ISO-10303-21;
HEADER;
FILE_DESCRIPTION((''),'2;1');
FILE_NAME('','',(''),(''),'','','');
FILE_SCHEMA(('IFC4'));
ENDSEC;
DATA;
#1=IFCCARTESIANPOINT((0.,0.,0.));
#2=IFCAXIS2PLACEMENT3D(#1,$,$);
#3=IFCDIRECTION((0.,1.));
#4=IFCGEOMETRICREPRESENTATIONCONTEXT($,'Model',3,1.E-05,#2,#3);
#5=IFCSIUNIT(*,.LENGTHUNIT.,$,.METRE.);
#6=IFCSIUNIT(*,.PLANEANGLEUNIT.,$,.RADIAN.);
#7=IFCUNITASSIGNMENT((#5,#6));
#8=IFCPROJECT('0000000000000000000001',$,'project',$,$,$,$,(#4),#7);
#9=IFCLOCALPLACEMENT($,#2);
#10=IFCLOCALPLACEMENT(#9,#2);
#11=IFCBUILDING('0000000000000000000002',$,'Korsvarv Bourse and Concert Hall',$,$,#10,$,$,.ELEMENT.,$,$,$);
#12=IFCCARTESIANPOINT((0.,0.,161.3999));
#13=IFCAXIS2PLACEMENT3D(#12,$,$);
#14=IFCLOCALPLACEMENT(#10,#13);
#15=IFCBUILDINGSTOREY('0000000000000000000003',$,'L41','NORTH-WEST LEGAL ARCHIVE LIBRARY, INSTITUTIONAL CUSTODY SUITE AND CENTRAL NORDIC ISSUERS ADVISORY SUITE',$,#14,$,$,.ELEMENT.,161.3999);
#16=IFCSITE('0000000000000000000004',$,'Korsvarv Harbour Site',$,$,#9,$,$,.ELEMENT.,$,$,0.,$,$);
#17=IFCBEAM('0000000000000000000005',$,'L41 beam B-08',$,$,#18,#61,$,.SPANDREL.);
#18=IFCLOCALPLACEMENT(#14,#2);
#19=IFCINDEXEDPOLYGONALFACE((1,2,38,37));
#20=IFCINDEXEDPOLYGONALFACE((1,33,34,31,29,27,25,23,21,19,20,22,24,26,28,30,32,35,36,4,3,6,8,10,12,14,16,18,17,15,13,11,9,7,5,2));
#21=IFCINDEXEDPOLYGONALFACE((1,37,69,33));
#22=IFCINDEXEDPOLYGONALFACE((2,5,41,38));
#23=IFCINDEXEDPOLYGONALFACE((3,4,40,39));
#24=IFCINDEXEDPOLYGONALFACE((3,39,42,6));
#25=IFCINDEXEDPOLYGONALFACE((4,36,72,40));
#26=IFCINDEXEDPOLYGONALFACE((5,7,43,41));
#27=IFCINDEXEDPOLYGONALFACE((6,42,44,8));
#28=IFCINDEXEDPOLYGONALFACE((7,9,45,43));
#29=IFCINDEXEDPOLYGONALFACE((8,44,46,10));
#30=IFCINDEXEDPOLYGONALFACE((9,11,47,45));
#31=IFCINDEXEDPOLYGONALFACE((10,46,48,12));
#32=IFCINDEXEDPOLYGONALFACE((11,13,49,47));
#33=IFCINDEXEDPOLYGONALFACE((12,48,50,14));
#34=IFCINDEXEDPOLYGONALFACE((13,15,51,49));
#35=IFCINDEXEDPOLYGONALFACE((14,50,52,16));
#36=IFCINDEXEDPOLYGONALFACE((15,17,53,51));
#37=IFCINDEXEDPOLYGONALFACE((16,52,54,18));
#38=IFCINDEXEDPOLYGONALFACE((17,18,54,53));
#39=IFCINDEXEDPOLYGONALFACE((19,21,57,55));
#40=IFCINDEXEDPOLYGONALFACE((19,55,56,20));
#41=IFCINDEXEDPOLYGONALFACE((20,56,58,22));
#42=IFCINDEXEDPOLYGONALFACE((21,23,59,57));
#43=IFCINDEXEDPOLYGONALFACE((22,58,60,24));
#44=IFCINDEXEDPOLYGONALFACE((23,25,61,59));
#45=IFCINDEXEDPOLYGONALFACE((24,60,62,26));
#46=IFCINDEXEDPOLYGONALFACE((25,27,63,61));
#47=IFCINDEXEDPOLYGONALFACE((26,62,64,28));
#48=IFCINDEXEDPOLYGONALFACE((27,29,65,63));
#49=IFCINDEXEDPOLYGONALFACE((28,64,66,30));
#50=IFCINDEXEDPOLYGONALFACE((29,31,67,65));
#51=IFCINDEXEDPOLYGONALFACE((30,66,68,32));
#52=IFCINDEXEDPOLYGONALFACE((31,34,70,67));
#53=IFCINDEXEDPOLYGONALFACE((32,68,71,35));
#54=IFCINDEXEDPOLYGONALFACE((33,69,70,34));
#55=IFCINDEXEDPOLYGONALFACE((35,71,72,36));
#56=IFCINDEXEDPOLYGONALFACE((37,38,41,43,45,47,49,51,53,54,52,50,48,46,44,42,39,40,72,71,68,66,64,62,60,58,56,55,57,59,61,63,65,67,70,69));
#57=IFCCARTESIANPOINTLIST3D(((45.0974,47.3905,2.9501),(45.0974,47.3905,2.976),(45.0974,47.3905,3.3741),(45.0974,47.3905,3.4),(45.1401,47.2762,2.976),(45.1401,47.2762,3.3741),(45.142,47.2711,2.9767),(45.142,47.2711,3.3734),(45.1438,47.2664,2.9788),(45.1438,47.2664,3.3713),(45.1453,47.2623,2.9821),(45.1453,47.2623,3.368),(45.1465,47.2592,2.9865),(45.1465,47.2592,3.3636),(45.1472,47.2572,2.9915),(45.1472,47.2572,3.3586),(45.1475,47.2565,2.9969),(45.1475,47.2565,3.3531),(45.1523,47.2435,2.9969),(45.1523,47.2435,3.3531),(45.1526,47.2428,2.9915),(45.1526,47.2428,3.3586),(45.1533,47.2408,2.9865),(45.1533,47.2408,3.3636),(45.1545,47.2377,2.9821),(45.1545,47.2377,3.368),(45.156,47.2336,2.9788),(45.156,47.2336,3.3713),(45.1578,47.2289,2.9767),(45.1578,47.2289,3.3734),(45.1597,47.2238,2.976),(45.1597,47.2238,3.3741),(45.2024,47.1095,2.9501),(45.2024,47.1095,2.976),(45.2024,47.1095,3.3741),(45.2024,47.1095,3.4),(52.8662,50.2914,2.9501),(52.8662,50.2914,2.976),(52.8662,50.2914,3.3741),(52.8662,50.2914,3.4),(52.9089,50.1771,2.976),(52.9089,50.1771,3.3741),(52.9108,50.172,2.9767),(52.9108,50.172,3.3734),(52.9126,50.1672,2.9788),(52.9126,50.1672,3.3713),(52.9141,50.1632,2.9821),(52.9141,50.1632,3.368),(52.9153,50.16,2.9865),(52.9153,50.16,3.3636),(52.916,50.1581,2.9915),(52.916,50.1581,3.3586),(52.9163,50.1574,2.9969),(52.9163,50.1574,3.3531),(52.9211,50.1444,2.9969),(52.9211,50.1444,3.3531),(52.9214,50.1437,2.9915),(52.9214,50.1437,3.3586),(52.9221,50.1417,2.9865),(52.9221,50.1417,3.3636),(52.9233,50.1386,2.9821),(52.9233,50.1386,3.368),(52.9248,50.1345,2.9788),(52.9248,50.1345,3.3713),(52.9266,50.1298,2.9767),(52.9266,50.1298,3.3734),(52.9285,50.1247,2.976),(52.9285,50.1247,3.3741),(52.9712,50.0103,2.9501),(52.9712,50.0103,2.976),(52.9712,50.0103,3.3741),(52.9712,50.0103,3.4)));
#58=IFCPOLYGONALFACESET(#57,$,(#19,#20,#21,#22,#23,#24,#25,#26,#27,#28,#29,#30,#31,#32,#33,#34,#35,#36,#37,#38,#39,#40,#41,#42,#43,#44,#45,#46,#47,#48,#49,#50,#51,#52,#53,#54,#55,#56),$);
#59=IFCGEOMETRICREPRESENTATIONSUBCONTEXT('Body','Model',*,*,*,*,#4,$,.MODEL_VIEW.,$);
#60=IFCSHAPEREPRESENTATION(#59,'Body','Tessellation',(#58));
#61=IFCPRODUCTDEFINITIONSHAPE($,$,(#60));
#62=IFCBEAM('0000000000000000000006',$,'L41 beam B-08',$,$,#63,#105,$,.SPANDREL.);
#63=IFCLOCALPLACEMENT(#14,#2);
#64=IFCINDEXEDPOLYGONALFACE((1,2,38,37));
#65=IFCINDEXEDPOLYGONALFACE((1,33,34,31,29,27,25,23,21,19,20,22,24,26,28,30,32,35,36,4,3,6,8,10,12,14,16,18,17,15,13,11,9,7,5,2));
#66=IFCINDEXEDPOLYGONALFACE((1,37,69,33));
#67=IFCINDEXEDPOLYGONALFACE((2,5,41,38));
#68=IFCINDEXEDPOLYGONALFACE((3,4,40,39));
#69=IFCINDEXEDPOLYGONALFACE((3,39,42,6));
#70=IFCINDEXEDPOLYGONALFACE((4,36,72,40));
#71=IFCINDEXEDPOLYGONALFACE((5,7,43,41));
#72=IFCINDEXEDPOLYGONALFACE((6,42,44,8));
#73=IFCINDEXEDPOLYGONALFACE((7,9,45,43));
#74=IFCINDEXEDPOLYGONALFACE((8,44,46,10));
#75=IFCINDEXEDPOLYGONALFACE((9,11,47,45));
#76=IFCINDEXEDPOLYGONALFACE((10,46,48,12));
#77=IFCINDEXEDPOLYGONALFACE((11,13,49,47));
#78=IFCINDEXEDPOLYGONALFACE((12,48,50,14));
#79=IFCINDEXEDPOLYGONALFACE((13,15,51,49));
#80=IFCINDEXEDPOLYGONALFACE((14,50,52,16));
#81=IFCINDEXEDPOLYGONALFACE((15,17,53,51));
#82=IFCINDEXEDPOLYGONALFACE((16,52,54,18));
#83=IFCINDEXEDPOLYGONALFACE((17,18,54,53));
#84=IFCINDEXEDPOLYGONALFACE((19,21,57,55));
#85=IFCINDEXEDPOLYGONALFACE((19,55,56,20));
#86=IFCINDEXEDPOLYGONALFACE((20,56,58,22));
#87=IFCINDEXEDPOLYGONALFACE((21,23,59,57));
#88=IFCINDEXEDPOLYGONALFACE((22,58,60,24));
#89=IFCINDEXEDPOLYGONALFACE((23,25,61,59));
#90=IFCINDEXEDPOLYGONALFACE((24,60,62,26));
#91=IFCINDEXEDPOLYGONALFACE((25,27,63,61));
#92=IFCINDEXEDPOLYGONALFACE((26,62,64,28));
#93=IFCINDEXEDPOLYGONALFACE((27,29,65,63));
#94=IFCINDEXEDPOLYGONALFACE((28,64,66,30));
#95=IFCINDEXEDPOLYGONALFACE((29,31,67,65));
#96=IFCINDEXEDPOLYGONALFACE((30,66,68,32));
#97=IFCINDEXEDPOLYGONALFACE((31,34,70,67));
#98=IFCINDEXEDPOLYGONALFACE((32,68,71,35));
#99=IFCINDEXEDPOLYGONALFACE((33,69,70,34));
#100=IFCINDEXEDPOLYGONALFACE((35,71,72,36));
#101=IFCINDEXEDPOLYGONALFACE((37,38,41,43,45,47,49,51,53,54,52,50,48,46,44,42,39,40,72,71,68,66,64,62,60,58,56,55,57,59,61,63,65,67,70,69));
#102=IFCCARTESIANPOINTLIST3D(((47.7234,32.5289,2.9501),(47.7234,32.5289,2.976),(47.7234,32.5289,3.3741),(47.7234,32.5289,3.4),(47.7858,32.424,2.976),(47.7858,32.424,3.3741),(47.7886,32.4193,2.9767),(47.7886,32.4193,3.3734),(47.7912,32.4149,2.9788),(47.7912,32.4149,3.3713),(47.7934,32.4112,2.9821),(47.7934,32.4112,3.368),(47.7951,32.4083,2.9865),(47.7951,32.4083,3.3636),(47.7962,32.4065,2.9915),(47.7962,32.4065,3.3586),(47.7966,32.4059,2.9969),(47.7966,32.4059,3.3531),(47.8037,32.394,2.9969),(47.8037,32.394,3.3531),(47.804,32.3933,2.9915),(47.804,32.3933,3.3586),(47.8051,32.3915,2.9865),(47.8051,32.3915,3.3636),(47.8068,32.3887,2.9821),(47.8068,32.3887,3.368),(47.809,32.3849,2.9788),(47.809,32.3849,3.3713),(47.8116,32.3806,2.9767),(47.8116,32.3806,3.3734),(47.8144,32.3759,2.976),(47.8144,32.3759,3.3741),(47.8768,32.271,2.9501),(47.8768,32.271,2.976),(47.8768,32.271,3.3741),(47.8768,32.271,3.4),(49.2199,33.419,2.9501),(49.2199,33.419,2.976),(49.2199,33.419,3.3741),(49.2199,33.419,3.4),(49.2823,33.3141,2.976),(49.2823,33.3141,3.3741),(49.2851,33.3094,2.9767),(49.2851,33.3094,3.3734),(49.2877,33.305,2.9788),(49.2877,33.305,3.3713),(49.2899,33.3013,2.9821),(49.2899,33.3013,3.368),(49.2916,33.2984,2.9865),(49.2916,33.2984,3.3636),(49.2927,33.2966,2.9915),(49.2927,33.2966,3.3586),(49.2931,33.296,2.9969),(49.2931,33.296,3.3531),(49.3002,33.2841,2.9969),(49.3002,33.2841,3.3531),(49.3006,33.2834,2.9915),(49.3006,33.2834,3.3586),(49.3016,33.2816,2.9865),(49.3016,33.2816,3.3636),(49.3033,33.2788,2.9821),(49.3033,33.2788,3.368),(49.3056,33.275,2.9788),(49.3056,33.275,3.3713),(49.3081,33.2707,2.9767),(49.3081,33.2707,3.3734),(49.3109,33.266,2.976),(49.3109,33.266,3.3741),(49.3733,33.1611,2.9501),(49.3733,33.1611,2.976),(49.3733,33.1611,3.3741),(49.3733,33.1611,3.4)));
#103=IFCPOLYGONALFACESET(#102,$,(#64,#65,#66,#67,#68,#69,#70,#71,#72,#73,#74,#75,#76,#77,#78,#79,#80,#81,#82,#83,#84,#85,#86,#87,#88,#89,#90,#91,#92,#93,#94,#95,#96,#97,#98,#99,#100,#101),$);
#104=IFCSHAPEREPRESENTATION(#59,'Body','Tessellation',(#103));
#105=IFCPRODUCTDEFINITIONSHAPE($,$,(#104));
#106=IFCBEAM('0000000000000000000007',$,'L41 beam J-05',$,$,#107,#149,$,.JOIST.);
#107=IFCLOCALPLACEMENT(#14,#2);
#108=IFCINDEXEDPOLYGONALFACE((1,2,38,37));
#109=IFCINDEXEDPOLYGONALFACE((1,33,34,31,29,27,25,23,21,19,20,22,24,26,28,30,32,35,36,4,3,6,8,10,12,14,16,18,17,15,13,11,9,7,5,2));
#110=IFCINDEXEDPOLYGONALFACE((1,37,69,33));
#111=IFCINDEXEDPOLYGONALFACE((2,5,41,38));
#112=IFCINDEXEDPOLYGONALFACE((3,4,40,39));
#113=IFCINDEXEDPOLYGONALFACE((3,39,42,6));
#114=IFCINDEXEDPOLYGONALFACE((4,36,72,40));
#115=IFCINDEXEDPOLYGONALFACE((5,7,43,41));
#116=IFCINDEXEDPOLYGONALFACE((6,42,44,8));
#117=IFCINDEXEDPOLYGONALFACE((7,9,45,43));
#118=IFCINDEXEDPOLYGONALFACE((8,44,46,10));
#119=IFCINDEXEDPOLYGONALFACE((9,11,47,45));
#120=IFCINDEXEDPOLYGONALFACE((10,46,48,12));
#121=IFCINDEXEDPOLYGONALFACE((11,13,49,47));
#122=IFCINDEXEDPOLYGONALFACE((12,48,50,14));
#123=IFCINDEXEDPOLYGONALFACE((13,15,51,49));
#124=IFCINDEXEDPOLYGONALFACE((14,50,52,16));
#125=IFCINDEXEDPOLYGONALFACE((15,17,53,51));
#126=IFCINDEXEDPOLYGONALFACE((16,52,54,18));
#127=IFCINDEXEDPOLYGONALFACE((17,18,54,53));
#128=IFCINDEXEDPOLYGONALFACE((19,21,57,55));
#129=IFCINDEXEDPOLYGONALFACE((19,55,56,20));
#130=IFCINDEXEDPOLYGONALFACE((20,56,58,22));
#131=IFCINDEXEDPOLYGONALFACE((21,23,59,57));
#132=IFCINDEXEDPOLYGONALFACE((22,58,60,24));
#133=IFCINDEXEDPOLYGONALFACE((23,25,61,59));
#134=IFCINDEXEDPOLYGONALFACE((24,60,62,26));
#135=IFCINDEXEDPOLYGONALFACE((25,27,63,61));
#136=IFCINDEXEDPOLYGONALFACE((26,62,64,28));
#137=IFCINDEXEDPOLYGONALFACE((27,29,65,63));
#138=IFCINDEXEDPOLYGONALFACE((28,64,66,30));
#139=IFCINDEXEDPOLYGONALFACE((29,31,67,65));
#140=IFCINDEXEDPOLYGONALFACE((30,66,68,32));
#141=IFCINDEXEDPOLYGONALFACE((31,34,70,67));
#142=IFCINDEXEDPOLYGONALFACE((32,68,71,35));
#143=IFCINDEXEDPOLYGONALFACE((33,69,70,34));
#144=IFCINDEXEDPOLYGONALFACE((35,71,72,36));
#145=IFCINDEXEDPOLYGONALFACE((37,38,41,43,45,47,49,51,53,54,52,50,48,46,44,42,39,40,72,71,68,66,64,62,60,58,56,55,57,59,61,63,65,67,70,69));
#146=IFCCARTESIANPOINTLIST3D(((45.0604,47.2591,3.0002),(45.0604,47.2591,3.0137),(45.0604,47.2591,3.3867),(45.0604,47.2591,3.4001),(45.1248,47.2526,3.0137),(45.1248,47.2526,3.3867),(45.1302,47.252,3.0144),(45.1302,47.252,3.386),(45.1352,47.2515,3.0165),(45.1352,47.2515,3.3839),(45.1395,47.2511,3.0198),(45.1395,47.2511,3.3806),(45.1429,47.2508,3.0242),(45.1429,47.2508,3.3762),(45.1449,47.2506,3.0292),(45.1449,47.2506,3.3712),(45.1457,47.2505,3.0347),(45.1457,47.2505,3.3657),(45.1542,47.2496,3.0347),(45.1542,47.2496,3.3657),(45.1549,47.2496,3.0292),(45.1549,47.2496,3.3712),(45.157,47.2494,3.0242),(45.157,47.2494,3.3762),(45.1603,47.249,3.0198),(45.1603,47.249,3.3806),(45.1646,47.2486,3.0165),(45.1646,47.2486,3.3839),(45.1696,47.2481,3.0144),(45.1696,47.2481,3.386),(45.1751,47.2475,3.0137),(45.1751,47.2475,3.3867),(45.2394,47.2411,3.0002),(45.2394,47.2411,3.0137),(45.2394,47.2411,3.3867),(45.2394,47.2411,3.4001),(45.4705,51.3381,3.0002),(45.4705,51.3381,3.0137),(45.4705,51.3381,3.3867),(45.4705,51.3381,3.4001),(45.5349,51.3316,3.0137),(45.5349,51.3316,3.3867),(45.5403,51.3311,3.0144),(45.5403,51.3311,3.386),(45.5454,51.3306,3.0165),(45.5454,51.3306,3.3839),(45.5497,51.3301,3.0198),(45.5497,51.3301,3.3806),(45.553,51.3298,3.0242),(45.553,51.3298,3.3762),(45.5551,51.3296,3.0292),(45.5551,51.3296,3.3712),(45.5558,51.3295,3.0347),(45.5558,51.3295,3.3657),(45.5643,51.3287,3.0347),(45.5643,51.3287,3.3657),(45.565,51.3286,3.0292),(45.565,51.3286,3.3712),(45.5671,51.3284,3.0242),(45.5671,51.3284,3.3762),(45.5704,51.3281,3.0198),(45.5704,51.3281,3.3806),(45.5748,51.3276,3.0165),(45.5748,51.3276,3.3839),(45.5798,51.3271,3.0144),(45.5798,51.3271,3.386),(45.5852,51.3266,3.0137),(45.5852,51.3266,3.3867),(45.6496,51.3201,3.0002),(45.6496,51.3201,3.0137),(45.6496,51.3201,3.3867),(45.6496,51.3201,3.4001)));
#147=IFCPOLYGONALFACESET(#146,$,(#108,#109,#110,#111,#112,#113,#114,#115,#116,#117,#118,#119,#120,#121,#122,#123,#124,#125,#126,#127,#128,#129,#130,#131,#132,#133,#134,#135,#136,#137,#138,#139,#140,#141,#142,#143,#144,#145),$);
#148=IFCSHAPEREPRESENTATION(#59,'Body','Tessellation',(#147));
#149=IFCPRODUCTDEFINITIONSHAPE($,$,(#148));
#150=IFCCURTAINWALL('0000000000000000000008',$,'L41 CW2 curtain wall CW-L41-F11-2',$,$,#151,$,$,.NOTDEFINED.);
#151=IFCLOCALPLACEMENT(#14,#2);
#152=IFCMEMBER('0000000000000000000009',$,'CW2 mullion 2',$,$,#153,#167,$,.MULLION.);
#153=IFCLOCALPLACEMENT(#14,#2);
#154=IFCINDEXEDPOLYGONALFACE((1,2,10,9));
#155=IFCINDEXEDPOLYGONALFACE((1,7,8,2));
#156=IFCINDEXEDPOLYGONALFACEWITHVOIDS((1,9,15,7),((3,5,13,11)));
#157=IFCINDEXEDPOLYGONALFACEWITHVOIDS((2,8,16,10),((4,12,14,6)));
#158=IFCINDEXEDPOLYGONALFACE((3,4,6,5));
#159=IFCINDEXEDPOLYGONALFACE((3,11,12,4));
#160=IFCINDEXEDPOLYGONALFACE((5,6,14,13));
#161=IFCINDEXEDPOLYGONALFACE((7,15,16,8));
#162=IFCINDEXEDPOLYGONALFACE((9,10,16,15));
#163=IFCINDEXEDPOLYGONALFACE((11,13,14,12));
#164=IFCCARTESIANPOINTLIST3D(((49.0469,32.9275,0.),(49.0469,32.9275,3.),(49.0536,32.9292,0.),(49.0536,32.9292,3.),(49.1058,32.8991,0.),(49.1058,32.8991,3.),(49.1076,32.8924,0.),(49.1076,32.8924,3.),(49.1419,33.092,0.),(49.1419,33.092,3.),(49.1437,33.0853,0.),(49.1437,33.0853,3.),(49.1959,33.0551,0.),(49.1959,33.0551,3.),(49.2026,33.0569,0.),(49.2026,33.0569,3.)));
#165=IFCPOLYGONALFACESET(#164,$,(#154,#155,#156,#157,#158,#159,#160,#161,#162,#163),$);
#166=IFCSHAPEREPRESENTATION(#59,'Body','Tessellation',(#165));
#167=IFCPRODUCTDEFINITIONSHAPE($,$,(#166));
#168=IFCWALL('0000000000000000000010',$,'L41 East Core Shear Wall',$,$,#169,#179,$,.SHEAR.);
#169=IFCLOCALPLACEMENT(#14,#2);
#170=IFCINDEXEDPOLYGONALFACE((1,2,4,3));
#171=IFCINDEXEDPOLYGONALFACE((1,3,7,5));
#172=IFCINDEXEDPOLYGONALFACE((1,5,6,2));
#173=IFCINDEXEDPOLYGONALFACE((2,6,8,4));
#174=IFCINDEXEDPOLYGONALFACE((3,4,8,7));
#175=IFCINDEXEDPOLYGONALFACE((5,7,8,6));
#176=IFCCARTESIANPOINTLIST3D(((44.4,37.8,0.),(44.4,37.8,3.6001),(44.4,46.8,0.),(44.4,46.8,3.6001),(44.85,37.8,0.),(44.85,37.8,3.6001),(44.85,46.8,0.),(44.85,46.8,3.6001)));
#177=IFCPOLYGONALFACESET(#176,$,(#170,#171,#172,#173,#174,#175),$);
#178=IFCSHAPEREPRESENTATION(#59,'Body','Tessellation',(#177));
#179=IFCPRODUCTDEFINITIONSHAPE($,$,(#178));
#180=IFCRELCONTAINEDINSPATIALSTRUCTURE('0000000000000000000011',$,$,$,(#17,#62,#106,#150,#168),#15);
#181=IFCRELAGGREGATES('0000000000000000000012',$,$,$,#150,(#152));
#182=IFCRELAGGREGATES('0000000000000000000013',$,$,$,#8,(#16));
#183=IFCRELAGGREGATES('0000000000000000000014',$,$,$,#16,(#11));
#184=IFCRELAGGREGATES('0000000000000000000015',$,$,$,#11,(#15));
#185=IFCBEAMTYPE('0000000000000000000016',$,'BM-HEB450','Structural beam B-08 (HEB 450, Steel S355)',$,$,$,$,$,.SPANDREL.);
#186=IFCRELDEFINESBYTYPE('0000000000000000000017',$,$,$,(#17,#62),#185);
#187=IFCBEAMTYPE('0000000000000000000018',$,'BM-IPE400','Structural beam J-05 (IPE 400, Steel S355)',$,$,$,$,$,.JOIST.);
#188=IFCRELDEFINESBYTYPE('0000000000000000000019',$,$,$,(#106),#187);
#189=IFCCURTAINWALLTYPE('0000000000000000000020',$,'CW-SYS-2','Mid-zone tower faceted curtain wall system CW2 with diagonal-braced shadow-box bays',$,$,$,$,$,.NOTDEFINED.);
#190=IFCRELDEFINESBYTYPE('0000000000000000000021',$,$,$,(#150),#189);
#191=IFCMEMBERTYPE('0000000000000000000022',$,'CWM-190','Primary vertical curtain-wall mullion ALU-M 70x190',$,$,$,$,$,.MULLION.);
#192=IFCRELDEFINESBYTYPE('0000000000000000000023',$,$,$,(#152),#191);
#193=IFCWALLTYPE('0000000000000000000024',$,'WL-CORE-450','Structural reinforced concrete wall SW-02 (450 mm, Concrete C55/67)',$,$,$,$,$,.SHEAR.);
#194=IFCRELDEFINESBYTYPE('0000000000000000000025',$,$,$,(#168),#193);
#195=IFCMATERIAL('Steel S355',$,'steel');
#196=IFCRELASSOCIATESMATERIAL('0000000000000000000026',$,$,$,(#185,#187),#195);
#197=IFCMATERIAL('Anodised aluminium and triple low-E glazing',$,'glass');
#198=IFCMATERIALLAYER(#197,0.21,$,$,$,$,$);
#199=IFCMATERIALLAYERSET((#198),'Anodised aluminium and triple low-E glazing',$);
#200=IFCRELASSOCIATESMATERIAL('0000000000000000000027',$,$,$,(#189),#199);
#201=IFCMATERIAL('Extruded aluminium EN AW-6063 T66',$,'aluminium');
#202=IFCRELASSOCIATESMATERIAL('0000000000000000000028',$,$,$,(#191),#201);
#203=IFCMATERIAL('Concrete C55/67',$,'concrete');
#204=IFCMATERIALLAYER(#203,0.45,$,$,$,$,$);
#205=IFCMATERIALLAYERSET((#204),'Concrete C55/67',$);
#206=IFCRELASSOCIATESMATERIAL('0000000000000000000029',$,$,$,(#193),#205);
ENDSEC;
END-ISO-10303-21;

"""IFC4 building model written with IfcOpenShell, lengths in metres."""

from ifc_helpers import new_model, si_unit, direction, frame, frame_2d, origin, origin_2d, place, context, subcontext, project, spatial, rectangle, hollow_rectangle, i_section, extrude, source, transform, mapped, material, layer, layer_set, material_profile, profile_set, type_object, element, aggregate, save


model = new_model("IFC4")

# Units and contexts
model_context = context("Model", 3, precision=1e-05, world=origin(), true_north=direction((0.0, 1.0)))
body_context = subcontext(model_context, "Body", "Model", "MODEL_VIEW")
ifc_project = project(units=[si_unit("LENGTHUNIT", "METRE"), si_unit("PLANEANGLEUNIT", "RADIAN")], contexts=[model_context])

# Site, building, storey
site_placement = place(None, origin())
site = spatial("IfcSite", under=ifc_project, at=site_placement, Name="Korsvarv Harbour Site", CompositionType="ELEMENT", RefElevation=0.0)
building_placement = place(site_placement, origin())
building = spatial("IfcBuilding", under=site, at=building_placement, Name="Korsvarv Bourse and Concert Hall", CompositionType="ELEMENT")
storey_placement = place(building_placement, frame((0.0, 0.0, 161.3999)))
storey = spatial("IfcBuildingStorey", under=building, at=storey_placement, Name="L41", Description="NORTH-WEST LEGAL ARCHIVE LIBRARY, INSTITUTIONAL CUSTODY SUITE AND CENTRAL NORDIC ISSUERS ADVISORY SUITE", CompositionType="ELEMENT", Elevation=161.3999)

# Shared definitions
ifc_material_1 = material(Name="Steel S355", Category="steel")

# Beams
ifc_material_profile_1 = material_profile(ifc_material_1, i_section(OverallWidth=0.3, OverallDepth=0.45, WebThickness=0.0139, FlangeThickness=0.0259, FilletRadius=0.021, at=origin_2d()), Name="HEB 450")
ifc_profile_set_1 = profile_set([ifc_material_profile_1], Name="Steel S355")
beam_type_1 = type_object("IfcBeamType", Name="BM-HEB450", Description="Structural beam B-08 (HEB 450, Steel S355)", PredefinedType="SPANDREL", material=ifc_profile_set_1)
shared_shape_1 = source(origin(), body_context, "Body", "SweptSolid", [
    extrude(i_section(OverallWidth=0.3, OverallDepth=0.45, WebThickness=0.0139, FlangeThickness=0.0259, FilletRadius=0.021, at=origin_2d()), origin(), (0.0, 0.0, 1.0), 8.2927),
])
beam_1_placement = place(storey_placement, frame((52.9187, 50.1509, 3.175), z_axis=(-0.936821, -0.34981, 0.0), x_axis=(0.34981, -0.936821, 0.0)))
element("IfcBeam", 1, at=beam_1_placement, inside=storey, type_object=beam_type_1, Name="L41 beam B-08", PredefinedType="SPANDREL", context=body_context, shape_type="MappedRepresentation", body=[
    mapped(shared_shape_1, transform((0.0, 0.0, 0.0), scale=1.0)),
])
shared_shape_2 = source(origin(), body_context, "Body", "SweptSolid", [
    extrude(i_section(OverallWidth=0.3, OverallDepth=0.45, WebThickness=0.0139, FlangeThickness=0.0259, FilletRadius=0.021, at=origin_2d()), origin(), (0.0, 0.0, 1.0), 1.7412),
])
beam_2_placement = place(storey_placement, frame((49.2966, 33.29, 3.175), z_axis=(-0.859466, -0.511193, 0.0), x_axis=(0.511193, -0.859466, 0.0)))
element("IfcBeam", 2, at=beam_2_placement, inside=storey, type_object=beam_type_1, Name="L41 beam B-08", PredefinedType="SPANDREL", context=body_context, shape_type="MappedRepresentation", body=[
    mapped(shared_shape_2, transform((0.0, 0.0, 0.0), scale=1.0)),
])
ifc_material_profile_2 = material_profile(ifc_material_1, i_section(OverallWidth=0.1799, OverallDepth=0.3999, WebThickness=0.0085, FlangeThickness=0.0134, FilletRadius=0.021, at=origin_2d()), Name="IPE 400")
ifc_profile_set_2 = profile_set([ifc_material_profile_2], Name="Steel S355")
beam_type_2 = type_object("IfcBeamType", Name="BM-IPE400", Description="Structural beam J-05 (IPE 400, Steel S355)", PredefinedType="JOIST", material=ifc_profile_set_2)
shared_shape_3 = source(origin(), body_context, "Body", "SweptSolid", [
    extrude(i_section(OverallWidth=0.1799, OverallDepth=0.3999, WebThickness=0.0085, FlangeThickness=0.0134, FilletRadius=0.021, at=origin_2d()), origin(), (0.0, 0.0, 1.0), 4.0996),
])
beam_3_placement = place(storey_placement, frame((45.5601, 51.3291, 3.2002), z_axis=(-0.100046, -0.994983, 0.0), x_axis=(0.994983, -0.100046, 0.0)))
element("IfcBeam", 3, at=beam_3_placement, inside=storey, type_object=beam_type_2, Name="L41 beam J-05", PredefinedType="JOIST", context=body_context, shape_type="MappedRepresentation", body=[
    mapped(shared_shape_3, transform((0.0, 0.0, 0.0), scale=1.0)),
])

# Curtain wall, member
ifc_material_2 = material(Name="Anodised aluminium and triple low-E glazing", Category="glass")
ifc_layer_1 = layer(ifc_material_2, 0.21)
ifc_layer_set_1 = layer_set([ifc_layer_1], Name="Anodised aluminium and triple low-E glazing")
curtain_wall_type = type_object("IfcCurtainWallType", Name="CW-SYS-2", Description="Mid-zone tower faceted curtain wall system CW2 with diagonal-braced shadow-box bays", PredefinedType="NOTDEFINED", material=ifc_layer_set_1)
curtain_wall_placement = place(storey_placement, origin())
curtain_wall = element("IfcCurtainWall", 4, at=curtain_wall_placement, inside=storey, type_object=curtain_wall_type, Name="L41 CW2 curtain wall CW-L41-F11-2", PredefinedType="NOTDEFINED")
ifc_material_3 = material(Name="Extruded aluminium EN AW-6063 T66", Category="aluminium")
ifc_material_profile_3 = material_profile(ifc_material_3, hollow_rectangle(XDim=0.0701, YDim=0.1899, WallThickness=0.0049, at=origin_2d()), Name="ALU-M 70x190")
ifc_profile_set_3 = profile_set([ifc_material_profile_3], Name="Extruded aluminium EN AW-6063 T66")
member_type = type_object("IfcMemberType", Name="CWM-190", Description="Primary vertical curtain-wall mullion ALU-M 70x190", PredefinedType="MULLION", material=ifc_profile_set_3)
shared_shape_4 = source(origin(), body_context, "Body", "SweptSolid", [
    extrude(hollow_rectangle(XDim=0.0701, YDim=0.1899, WallThickness=0.0049, at=origin_2d()), origin(), (0.0, 0.0, 1.0), 3.0),
])
member_placement = place(storey_placement, frame((49.1248, 32.9922, 0.0), z_axis=(0.0, 0.0, 1.0), x_axis=(-0.866008, 0.500031, 0.0)))
member = element("IfcMember", 5, at=member_placement, type_object=member_type, Name="CW2 mullion 2", PredefinedType="MULLION", context=body_context, shape_type="MappedRepresentation", body=[
    mapped(shared_shape_4, transform((0.0, 0.0, 0.0), scale=1.0)),
])
aggregate(curtain_wall, [member])

# Wall
ifc_material_4 = material(Name="Concrete C55/67", Category="concrete")
ifc_layer_2 = layer(ifc_material_4, 0.45)
ifc_layer_set_2 = layer_set([ifc_layer_2], Name="Concrete C55/67")
wall_type_1 = type_object("IfcWallType", Name="WL-CORE-450", Description="Structural reinforced concrete wall SW-02 (450 mm, Concrete C55/67)", PredefinedType="SHEAR", material=ifc_layer_set_2)
wall_1_placement = place(storey_placement, frame((44.625, 37.8, 0.0), z_axis=(0.0, 0.0, 1.0), x_axis=(0.0, 1.0, 0.0)))
element("IfcWall", 6, at=wall_1_placement, inside=storey, type_object=wall_type_1, Name="L41 East Core Shear Wall", PredefinedType="SHEAR", context=body_context, shape_type="SweptSolid", body=[
    extrude(rectangle(XDim=9.0, YDim=0.45, at=frame_2d((4.5, 0.0))), origin(), (0.0, 0.0, 1.0), 3.6001),
])

save(model, "model.ifc")
